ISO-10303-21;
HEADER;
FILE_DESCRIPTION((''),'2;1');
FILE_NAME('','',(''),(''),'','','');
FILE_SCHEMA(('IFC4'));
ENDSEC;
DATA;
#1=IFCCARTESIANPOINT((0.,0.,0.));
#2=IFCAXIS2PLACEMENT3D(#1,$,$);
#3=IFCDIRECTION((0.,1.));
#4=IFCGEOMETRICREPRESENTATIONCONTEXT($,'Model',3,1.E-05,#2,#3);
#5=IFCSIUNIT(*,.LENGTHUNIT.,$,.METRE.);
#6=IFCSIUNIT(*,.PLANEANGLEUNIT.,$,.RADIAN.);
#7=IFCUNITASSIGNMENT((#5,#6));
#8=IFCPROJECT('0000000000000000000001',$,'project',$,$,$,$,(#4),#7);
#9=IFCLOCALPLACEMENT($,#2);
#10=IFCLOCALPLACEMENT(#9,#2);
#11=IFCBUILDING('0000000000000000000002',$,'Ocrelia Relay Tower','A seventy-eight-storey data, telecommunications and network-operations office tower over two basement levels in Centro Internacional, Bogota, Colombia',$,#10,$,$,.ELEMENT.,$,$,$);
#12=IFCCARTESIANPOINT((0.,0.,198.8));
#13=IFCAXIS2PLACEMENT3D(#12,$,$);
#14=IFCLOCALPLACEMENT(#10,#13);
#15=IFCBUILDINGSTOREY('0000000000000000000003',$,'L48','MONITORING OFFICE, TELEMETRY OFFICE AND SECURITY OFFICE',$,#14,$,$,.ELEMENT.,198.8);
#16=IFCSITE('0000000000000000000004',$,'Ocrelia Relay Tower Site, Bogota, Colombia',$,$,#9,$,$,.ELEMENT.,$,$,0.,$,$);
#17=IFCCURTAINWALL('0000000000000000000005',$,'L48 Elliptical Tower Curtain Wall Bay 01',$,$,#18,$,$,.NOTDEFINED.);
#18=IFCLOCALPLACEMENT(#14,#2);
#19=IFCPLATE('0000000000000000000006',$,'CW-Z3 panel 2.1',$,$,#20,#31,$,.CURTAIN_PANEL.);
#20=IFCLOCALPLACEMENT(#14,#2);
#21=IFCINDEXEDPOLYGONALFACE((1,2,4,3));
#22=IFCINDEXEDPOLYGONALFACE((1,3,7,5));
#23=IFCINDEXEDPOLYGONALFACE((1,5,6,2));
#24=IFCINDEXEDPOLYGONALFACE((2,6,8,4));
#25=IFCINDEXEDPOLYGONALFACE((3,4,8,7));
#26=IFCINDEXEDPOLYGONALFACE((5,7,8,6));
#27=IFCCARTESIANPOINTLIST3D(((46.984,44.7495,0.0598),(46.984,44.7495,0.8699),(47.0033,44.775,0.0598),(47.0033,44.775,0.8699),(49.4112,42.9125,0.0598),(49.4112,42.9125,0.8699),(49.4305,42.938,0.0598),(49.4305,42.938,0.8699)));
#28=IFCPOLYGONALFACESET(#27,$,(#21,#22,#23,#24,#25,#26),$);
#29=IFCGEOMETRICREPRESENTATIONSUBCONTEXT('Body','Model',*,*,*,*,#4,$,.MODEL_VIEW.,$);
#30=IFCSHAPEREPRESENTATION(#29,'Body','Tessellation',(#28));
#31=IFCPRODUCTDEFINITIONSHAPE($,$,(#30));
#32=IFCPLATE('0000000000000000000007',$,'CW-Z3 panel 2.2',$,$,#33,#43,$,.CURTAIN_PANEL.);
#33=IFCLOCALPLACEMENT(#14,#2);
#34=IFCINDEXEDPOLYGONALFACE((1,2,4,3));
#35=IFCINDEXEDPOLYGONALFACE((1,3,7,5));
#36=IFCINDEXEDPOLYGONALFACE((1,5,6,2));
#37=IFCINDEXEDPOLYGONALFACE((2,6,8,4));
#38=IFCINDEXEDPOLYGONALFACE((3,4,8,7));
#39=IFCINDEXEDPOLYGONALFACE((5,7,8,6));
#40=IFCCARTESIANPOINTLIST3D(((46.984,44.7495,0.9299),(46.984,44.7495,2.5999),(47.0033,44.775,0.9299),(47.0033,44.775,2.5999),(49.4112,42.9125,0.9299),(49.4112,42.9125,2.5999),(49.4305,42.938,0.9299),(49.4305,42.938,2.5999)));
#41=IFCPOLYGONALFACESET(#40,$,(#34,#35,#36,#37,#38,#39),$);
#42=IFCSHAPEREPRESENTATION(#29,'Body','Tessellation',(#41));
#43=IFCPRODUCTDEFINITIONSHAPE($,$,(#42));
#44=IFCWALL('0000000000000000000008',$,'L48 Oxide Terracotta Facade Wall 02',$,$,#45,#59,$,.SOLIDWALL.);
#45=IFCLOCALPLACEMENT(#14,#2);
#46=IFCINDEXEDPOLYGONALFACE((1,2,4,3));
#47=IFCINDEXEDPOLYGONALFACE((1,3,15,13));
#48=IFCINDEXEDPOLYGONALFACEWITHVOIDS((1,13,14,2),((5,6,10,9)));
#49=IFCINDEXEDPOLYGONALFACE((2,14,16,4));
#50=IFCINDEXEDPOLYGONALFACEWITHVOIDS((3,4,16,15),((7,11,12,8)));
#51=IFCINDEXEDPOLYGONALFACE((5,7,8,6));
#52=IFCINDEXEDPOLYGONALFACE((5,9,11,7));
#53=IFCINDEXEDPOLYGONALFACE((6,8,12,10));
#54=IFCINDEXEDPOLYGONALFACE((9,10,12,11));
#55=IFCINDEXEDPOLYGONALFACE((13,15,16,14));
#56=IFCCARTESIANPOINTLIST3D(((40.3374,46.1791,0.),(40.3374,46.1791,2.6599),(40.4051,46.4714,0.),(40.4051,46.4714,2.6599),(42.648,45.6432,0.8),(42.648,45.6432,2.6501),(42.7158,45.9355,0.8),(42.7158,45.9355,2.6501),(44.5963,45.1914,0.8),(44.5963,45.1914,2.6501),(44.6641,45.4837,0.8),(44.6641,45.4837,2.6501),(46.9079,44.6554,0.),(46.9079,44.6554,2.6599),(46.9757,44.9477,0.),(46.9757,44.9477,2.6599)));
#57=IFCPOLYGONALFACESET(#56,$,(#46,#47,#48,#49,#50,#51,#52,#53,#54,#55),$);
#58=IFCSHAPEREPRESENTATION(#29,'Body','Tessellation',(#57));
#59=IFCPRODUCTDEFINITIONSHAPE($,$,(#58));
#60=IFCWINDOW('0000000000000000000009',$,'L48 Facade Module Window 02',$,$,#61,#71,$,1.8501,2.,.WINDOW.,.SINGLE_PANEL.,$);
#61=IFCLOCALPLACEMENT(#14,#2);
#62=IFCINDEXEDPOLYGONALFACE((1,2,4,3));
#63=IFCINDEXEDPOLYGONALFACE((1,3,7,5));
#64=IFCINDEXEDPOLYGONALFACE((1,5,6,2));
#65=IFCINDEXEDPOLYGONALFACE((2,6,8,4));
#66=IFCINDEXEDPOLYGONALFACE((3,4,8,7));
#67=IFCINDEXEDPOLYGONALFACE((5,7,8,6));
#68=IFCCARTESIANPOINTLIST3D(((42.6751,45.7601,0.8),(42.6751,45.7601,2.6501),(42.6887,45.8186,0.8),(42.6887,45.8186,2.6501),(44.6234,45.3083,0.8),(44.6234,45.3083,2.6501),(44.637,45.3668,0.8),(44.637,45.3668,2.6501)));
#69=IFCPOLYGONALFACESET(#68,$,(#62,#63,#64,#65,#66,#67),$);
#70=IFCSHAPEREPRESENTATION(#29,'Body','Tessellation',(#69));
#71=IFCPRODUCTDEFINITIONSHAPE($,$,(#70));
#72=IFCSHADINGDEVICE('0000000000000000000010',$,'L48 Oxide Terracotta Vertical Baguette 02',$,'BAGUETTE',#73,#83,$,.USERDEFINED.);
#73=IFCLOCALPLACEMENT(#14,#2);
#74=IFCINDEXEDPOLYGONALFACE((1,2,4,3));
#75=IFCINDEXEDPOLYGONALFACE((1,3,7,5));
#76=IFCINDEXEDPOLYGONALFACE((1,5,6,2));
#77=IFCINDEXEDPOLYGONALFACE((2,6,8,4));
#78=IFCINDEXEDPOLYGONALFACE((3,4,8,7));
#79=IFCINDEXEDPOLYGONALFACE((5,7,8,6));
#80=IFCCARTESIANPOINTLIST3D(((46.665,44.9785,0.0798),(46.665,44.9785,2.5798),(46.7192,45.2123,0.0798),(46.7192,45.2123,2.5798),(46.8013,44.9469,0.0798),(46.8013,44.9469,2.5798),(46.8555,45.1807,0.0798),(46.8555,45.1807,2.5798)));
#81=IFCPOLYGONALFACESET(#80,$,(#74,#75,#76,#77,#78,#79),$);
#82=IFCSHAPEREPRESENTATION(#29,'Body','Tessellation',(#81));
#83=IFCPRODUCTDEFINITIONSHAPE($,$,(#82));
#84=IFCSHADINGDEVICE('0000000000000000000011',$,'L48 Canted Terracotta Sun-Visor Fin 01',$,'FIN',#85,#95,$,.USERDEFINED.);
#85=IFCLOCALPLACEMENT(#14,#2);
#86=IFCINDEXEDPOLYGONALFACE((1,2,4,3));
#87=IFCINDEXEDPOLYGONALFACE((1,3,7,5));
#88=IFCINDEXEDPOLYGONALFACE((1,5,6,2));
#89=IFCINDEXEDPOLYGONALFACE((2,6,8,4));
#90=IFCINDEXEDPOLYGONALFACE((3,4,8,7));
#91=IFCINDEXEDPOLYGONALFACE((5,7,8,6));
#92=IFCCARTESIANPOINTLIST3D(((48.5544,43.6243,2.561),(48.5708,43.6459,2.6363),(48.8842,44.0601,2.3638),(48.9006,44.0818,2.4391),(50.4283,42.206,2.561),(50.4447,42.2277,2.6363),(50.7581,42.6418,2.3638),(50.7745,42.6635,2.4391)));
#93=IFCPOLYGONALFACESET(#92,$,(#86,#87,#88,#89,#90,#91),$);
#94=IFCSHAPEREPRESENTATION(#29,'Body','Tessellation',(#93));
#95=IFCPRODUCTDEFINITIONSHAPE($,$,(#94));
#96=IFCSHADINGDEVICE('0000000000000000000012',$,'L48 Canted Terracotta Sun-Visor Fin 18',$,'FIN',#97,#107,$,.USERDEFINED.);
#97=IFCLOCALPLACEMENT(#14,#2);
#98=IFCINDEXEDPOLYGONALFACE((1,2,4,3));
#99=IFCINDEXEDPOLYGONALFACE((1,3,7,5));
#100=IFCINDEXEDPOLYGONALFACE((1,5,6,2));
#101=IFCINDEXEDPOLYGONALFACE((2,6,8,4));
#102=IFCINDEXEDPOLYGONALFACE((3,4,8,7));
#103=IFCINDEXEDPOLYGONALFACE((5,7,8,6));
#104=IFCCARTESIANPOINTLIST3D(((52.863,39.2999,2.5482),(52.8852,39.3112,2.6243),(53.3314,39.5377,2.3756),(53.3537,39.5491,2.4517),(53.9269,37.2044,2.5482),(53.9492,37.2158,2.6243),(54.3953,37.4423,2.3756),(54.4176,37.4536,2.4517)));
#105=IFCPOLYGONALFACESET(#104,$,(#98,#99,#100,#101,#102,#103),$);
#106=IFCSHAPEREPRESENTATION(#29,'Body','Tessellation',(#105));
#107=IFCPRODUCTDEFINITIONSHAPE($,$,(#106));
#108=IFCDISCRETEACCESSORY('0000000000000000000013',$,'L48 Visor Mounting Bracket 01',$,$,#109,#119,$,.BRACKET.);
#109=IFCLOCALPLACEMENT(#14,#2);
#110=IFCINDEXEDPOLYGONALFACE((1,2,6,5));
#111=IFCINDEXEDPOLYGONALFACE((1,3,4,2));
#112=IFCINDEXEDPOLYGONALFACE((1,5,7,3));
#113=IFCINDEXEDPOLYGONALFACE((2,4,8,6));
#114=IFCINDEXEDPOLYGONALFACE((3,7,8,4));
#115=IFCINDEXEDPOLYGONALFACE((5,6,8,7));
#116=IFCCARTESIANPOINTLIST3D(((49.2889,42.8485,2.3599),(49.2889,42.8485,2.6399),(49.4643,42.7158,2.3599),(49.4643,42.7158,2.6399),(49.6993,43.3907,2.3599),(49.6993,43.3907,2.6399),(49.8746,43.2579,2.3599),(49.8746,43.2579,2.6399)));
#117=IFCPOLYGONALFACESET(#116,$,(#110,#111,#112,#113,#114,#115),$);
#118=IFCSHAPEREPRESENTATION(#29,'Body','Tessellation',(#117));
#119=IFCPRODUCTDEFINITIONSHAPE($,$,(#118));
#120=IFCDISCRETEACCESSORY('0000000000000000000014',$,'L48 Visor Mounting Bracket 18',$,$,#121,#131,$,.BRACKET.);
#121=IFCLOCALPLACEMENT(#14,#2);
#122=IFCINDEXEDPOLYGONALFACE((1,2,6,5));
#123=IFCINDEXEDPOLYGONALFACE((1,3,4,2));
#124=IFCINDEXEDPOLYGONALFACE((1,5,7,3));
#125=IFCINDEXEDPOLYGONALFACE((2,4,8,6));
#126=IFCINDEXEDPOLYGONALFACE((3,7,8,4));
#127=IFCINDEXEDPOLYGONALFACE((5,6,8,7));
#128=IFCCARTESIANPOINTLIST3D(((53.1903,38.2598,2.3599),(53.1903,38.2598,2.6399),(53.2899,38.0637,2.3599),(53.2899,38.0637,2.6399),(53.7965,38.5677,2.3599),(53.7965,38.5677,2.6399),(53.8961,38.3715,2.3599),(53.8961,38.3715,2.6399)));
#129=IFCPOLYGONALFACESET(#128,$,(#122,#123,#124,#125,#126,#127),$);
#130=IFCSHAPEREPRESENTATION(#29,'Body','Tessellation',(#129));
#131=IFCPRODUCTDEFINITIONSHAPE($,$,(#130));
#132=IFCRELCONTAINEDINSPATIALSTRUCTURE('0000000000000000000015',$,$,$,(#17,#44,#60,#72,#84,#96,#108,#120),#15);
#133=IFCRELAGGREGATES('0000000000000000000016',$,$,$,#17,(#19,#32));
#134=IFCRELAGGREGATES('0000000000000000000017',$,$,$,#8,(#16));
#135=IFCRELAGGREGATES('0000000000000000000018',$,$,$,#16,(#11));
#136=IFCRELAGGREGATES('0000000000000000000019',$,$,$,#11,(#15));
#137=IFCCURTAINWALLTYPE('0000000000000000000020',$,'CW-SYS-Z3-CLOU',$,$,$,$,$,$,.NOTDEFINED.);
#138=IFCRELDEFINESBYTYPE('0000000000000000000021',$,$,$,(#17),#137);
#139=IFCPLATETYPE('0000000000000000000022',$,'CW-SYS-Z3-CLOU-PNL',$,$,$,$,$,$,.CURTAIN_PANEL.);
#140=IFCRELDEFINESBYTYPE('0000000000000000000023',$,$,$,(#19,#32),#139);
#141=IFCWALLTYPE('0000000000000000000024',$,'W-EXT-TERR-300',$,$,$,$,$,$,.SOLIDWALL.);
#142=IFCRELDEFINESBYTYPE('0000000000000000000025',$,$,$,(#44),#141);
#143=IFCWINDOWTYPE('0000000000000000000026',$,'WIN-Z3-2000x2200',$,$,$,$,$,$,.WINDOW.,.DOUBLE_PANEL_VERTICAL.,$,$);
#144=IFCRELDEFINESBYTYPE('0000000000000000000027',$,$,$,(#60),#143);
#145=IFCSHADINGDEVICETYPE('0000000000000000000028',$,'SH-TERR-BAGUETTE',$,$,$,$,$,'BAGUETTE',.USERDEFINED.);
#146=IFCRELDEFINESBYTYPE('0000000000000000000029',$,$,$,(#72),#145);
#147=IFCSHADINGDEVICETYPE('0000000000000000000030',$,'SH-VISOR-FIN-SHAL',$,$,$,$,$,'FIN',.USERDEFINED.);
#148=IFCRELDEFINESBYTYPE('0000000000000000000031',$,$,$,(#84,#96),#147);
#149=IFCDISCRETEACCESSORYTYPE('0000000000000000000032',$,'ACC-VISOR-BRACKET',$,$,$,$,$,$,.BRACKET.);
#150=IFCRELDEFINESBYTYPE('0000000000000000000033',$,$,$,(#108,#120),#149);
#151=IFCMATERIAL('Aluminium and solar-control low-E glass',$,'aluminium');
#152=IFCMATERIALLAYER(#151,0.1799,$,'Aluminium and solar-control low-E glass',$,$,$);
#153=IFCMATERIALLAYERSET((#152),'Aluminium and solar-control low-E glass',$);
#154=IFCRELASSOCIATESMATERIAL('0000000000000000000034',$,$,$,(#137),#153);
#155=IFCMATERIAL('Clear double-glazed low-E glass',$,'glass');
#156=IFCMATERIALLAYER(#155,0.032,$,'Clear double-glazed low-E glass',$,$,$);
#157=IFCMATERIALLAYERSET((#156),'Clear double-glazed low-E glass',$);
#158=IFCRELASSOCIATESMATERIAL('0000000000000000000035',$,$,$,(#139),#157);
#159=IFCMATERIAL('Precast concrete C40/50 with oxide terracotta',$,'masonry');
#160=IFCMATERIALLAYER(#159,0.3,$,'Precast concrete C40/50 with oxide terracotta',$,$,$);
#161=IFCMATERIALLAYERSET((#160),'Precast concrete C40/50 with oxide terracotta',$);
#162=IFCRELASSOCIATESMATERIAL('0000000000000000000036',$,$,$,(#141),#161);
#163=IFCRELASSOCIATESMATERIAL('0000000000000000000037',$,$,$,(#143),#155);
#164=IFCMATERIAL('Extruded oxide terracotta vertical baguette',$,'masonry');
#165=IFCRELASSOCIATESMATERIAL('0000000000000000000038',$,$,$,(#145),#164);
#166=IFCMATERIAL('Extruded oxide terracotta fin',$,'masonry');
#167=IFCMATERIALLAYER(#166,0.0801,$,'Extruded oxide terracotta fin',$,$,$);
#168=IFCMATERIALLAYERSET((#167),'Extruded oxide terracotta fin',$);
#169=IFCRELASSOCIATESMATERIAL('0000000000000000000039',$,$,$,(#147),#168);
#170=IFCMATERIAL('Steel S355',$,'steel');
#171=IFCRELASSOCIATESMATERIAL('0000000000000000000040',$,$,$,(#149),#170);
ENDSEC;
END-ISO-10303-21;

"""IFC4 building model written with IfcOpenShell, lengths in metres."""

from ifc_helpers import new_model, si_unit, direction, frame, frame_2d, origin, origin_2d, place, context, subcontext, project, spatial, rectangle, extrude, material, layer, layer_set, type_object, element, fill, aggregate, save


model = new_model("IFC4")

# Units and contexts
model_context = context("Model", 3, precision=1e-05, world=origin(), true_north=direction((0.0, 1.0)))
body_context = subcontext(model_context, "Body", "Model", "MODEL_VIEW")
ifc_project = project(units=[si_unit("LENGTHUNIT", "METRE"), si_unit("PLANEANGLEUNIT", "RADIAN")], contexts=[model_context])

# Site, building, storey
site_placement = place(None, origin())
site = spatial("IfcSite", under=ifc_project, at=site_placement, Name="Ocrelia Relay Tower Site, Bogota, Colombia", CompositionType="ELEMENT", RefElevation=0.0)
building_placement = place(site_placement, origin())
building = spatial("IfcBuilding", under=site, at=building_placement, Name="Ocrelia Relay Tower", Description="A seventy-eight-storey data, telecommunications and network-operations office tower over two basement levels in Centro Internacional, Bogota, Colombia", CompositionType="ELEMENT")
storey_placement = place(building_placement, frame((0.0, 0.0, 198.8)))
storey = spatial("IfcBuildingStorey", under=building, at=storey_placement, Name="L48", Description="MONITORING OFFICE, TELEMETRY OFFICE AND SECURITY OFFICE", CompositionType="ELEMENT", Elevation=198.8)

# Curtain wall, plates
ifc_material_1 = material(Name="Aluminium and solar-control low-E glass", Category="aluminium")
ifc_layer_1 = layer(ifc_material_1, 0.1799, Name="Aluminium and solar-control low-E glass")
ifc_layer_set_1 = layer_set([ifc_layer_1], Name="Aluminium and solar-control low-E glass")
curtain_wall_type = type_object("IfcCurtainWallType", Name="CW-SYS-Z3-CLOU", PredefinedType="NOTDEFINED", material=ifc_layer_set_1)
curtain_wall_placement = place(storey_placement, origin())
curtain_wall = element("IfcCurtainWall", 1, at=curtain_wall_placement, inside=storey, type_object=curtain_wall_type, Name="L48 Elliptical Tower Curtain Wall Bay 01", PredefinedType="NOTDEFINED")
ifc_material_2 = material(Name="Clear double-glazed low-E glass", Category="glass")
ifc_layer_2 = layer(ifc_material_2, 0.032, Name="Clear double-glazed low-E glass")
ifc_layer_set_2 = layer_set([ifc_layer_2], Name="Clear double-glazed low-E glass")
plate_type = type_object("IfcPlateType", Name="CW-SYS-Z3-CLOU-PNL", PredefinedType="CURTAIN_PANEL", material=ifc_layer_set_2)
plate_1_placement = place(storey_placement, frame((48.2073, 43.8438, 0.0598), z_axis=(0.0, 0.0, 1.0), x_axis=(-0.797378, 0.603481, 0.0)))
plate_1 = element("IfcPlate", 2, at=plate_1_placement, type_object=plate_type, Name="CW-Z3 panel 2.1", PredefinedType="CURTAIN_PANEL", context=body_context, shape_type="SweptSolid", body=[
    extrude(rectangle(XDim=3.0439, YDim=0.032, at=origin_2d()), origin(), (0.0, 0.0, 1.0), 0.8101),
])
plate_2_placement = place(storey_placement, frame((48.2073, 43.8438, 0.9299), z_axis=(0.0, 0.0, 1.0), x_axis=(-0.797378, 0.603481, 0.0)))
plate_2 = element("IfcPlate", 3, at=plate_2_placement, type_object=plate_type, Name="CW-Z3 panel 2.2", PredefinedType="CURTAIN_PANEL", context=body_context, shape_type="SweptSolid", body=[
    extrude(rectangle(XDim=3.0439, YDim=0.032, at=origin_2d()), origin(), (0.0, 0.0, 1.0), 1.6699),
])
aggregate(curtain_wall, [plate_1, plate_2])

# Wall, opening, window
ifc_material_3 = material(Name="Precast concrete C40/50 with oxide terracotta", Category="masonry")
ifc_layer_3 = layer(ifc_material_3, 0.3, Name="Precast concrete C40/50 with oxide terracotta")
ifc_layer_set_3 = layer_set([ifc_layer_3], Name="Precast concrete C40/50 with oxide terracotta")
wall_type = type_object("IfcWallType", Name="W-EXT-TERR-300", PredefinedType="SOLIDWALL", material=ifc_layer_set_3)
wall_placement = place(storey_placement, frame((46.9419, 44.8015, 0.0), z_axis=(0.0, 0.0, 1.0), x_axis=(-0.97415, 0.225901, 0.0)))
wall = element("IfcWall", 4, at=wall_placement, inside=storey, type_object=wall_type, Name="L48 Oxide Terracotta Facade Wall 02", PredefinedType="SOLIDWALL", context=body_context, shape_type="SweptSolid", body=[
    extrude(rectangle(XDim=6.7449, YDim=0.3, at=frame_2d((3.3726, 0.0))), origin(), (0.0, 0.0, 1.0), 2.6599),
])
opening_placement = place(wall_placement, frame((2.373, 0.0, 0.8)))
opening = element("IfcOpeningElement", 5, at=opening_placement, cuts=wall, PredefinedType="OPENING", context=body_context, shape_type="SweptSolid", body=[
    extrude(rectangle(XDim=2.0, YDim=1.8501, at=frame_2d((1.0, 0.925))), frame((0.0, 0.1602, 0.0), z_axis=(0.0, -1.0, 0.0), x_axis=(1.0, 0.0, 0.0)), (0.0, 0.0, 1.0), 0.3201),
])
window_type = type_object("IfcWindowType", Name="WIN-Z3-2000x2200", PartitioningType="DOUBLE_PANEL_VERTICAL", PredefinedType="WINDOW", material=ifc_material_2)
window_placement = place(opening_placement, origin())
window = element("IfcWindow", 6, at=window_placement, inside=storey, type_object=window_type, Name="L48 Facade Module Window 02", OverallHeight=1.8501, OverallWidth=2.0, PartitioningType="SINGLE_PANEL", PredefinedType="WINDOW", context=body_context, shape_type="SweptSolid", body=[
    extrude(rectangle(XDim=2.0, YDim=1.8501, at=frame_2d((1.0, 0.925))), frame((0.0, 0.03, 0.0), z_axis=(0.0, -1.0, 0.0), x_axis=(1.0, 0.0, 0.0)), (0.0, 0.0, 1.0), 0.0601),
])
fill(opening, window)

# Shading devices
ifc_material_4 = material(Name="Extruded oxide terracotta vertical baguette", Category="masonry")
shading_device_type_1 = type_object("IfcShadingDeviceType", Name="SH-TERR-BAGUETTE", ElementType="BAGUETTE", PredefinedType="USERDEFINED", material=ifc_material_4)
shading_device_1_placement = place(storey_placement, frame((46.7603, 45.0796, 0.0798), z_axis=(0.0, 0.0, 1.0), x_axis=(-0.974148, 0.225913, 0.0)))
element("IfcShadingDevice", 7, at=shading_device_1_placement, inside=storey, type_object=shading_device_type_1, Name="L48 Oxide Terracotta Vertical Baguette 02", ObjectType="BAGUETTE", PredefinedType="USERDEFINED", context=body_context, shape_type="SweptSolid", body=[
    extrude(rectangle(XDim=0.1399, YDim=0.24, at=origin_2d()), origin(), (0.0, 0.0, 1.0), 2.5),
])
ifc_material_5 = material(Name="Extruded oxide terracotta fin", Category="masonry")
ifc_layer_4 = layer(ifc_material_5, 0.0801, Name="Extruded oxide terracotta fin")
ifc_layer_set_4 = layer_set([ifc_layer_4], Name="Extruded oxide terracotta fin")
shading_device_type_2 = type_object("IfcShadingDeviceType", Name="SH-VISOR-FIN-SHAL", ElementType="FIN", PredefinedType="USERDEFINED", material=ifc_layer_set_4)
shading_device_2_placement = place(storey_placement, frame((49.6562, 43.1331, 2.4624), z_axis=(0.204818, 0.270626, 0.940644), x_axis=(-0.797378, 0.603481, 0.0)))
element("IfcShadingDevice", 8, at=shading_device_2_placement, inside=storey, type_object=shading_device_type_2, Name="L48 Canted Terracotta Sun-Visor Fin 01", ObjectType="FIN", PredefinedType="USERDEFINED", context=body_context, shape_type="SweptSolid", body=[
    extrude(rectangle(XDim=2.3501, YDim=0.5811, at=origin_2d()), origin(), (0.0, 0.0, 1.0), 0.0801),
])
shading_device_3_placement = place(storey_placement, frame((53.6292, 38.3711, 2.4619), z_axis=(0.278344, 0.141331, 0.950027), x_axis=(-0.452738, 0.891644, 0.0)))
element("IfcShadingDevice", 9, at=shading_device_3_placement, inside=storey, type_object=shading_device_type_2, Name="L48 Canted Terracotta Sun-Visor Fin 18", ObjectType="FIN", PredefinedType="USERDEFINED", context=body_context, shape_type="SweptSolid", body=[
    extrude(rectangle(XDim=2.3501, YDim=0.553, at=origin_2d()), origin(), (0.0, 0.0, 1.0), 0.0801),
])

# Discrete accessories
ifc_material_6 = material(Name="Steel S355", Category="steel")
discrete_accessory_type = type_object("IfcDiscreteAccessoryType", Name="ACC-VISOR-BRACKET", PredefinedType="BRACKET", material=ifc_material_6)
for number, where, z_axis, x_axis, name in (
    (10, (49.5818, 43.0532, 2.3599), (0.0, 0.0, 1.0), (-0.797378, 0.603481, 0.0), "L48 Visor Mounting Bracket 01"),
    (11, (53.5432, 38.3157, 2.3599), (0.0, 0.0, 1.0), (-0.452738, 0.891644, 0.0), "L48 Visor Mounting Bracket 18"),
):
    element("IfcDiscreteAccessory", number, at=place(storey_placement, frame(where, z_axis=z_axis, x_axis=x_axis)), inside=storey, type_object=discrete_accessory_type, Name=name, PredefinedType="BRACKET", context=body_context, shape_type="SweptSolid", body=[
        extrude(rectangle(XDim=0.22, YDim=0.6799, at=origin_2d()), origin(), (0.0, 0.0, 1.0), 0.28),
    ])

save(model, "model.ifc")
